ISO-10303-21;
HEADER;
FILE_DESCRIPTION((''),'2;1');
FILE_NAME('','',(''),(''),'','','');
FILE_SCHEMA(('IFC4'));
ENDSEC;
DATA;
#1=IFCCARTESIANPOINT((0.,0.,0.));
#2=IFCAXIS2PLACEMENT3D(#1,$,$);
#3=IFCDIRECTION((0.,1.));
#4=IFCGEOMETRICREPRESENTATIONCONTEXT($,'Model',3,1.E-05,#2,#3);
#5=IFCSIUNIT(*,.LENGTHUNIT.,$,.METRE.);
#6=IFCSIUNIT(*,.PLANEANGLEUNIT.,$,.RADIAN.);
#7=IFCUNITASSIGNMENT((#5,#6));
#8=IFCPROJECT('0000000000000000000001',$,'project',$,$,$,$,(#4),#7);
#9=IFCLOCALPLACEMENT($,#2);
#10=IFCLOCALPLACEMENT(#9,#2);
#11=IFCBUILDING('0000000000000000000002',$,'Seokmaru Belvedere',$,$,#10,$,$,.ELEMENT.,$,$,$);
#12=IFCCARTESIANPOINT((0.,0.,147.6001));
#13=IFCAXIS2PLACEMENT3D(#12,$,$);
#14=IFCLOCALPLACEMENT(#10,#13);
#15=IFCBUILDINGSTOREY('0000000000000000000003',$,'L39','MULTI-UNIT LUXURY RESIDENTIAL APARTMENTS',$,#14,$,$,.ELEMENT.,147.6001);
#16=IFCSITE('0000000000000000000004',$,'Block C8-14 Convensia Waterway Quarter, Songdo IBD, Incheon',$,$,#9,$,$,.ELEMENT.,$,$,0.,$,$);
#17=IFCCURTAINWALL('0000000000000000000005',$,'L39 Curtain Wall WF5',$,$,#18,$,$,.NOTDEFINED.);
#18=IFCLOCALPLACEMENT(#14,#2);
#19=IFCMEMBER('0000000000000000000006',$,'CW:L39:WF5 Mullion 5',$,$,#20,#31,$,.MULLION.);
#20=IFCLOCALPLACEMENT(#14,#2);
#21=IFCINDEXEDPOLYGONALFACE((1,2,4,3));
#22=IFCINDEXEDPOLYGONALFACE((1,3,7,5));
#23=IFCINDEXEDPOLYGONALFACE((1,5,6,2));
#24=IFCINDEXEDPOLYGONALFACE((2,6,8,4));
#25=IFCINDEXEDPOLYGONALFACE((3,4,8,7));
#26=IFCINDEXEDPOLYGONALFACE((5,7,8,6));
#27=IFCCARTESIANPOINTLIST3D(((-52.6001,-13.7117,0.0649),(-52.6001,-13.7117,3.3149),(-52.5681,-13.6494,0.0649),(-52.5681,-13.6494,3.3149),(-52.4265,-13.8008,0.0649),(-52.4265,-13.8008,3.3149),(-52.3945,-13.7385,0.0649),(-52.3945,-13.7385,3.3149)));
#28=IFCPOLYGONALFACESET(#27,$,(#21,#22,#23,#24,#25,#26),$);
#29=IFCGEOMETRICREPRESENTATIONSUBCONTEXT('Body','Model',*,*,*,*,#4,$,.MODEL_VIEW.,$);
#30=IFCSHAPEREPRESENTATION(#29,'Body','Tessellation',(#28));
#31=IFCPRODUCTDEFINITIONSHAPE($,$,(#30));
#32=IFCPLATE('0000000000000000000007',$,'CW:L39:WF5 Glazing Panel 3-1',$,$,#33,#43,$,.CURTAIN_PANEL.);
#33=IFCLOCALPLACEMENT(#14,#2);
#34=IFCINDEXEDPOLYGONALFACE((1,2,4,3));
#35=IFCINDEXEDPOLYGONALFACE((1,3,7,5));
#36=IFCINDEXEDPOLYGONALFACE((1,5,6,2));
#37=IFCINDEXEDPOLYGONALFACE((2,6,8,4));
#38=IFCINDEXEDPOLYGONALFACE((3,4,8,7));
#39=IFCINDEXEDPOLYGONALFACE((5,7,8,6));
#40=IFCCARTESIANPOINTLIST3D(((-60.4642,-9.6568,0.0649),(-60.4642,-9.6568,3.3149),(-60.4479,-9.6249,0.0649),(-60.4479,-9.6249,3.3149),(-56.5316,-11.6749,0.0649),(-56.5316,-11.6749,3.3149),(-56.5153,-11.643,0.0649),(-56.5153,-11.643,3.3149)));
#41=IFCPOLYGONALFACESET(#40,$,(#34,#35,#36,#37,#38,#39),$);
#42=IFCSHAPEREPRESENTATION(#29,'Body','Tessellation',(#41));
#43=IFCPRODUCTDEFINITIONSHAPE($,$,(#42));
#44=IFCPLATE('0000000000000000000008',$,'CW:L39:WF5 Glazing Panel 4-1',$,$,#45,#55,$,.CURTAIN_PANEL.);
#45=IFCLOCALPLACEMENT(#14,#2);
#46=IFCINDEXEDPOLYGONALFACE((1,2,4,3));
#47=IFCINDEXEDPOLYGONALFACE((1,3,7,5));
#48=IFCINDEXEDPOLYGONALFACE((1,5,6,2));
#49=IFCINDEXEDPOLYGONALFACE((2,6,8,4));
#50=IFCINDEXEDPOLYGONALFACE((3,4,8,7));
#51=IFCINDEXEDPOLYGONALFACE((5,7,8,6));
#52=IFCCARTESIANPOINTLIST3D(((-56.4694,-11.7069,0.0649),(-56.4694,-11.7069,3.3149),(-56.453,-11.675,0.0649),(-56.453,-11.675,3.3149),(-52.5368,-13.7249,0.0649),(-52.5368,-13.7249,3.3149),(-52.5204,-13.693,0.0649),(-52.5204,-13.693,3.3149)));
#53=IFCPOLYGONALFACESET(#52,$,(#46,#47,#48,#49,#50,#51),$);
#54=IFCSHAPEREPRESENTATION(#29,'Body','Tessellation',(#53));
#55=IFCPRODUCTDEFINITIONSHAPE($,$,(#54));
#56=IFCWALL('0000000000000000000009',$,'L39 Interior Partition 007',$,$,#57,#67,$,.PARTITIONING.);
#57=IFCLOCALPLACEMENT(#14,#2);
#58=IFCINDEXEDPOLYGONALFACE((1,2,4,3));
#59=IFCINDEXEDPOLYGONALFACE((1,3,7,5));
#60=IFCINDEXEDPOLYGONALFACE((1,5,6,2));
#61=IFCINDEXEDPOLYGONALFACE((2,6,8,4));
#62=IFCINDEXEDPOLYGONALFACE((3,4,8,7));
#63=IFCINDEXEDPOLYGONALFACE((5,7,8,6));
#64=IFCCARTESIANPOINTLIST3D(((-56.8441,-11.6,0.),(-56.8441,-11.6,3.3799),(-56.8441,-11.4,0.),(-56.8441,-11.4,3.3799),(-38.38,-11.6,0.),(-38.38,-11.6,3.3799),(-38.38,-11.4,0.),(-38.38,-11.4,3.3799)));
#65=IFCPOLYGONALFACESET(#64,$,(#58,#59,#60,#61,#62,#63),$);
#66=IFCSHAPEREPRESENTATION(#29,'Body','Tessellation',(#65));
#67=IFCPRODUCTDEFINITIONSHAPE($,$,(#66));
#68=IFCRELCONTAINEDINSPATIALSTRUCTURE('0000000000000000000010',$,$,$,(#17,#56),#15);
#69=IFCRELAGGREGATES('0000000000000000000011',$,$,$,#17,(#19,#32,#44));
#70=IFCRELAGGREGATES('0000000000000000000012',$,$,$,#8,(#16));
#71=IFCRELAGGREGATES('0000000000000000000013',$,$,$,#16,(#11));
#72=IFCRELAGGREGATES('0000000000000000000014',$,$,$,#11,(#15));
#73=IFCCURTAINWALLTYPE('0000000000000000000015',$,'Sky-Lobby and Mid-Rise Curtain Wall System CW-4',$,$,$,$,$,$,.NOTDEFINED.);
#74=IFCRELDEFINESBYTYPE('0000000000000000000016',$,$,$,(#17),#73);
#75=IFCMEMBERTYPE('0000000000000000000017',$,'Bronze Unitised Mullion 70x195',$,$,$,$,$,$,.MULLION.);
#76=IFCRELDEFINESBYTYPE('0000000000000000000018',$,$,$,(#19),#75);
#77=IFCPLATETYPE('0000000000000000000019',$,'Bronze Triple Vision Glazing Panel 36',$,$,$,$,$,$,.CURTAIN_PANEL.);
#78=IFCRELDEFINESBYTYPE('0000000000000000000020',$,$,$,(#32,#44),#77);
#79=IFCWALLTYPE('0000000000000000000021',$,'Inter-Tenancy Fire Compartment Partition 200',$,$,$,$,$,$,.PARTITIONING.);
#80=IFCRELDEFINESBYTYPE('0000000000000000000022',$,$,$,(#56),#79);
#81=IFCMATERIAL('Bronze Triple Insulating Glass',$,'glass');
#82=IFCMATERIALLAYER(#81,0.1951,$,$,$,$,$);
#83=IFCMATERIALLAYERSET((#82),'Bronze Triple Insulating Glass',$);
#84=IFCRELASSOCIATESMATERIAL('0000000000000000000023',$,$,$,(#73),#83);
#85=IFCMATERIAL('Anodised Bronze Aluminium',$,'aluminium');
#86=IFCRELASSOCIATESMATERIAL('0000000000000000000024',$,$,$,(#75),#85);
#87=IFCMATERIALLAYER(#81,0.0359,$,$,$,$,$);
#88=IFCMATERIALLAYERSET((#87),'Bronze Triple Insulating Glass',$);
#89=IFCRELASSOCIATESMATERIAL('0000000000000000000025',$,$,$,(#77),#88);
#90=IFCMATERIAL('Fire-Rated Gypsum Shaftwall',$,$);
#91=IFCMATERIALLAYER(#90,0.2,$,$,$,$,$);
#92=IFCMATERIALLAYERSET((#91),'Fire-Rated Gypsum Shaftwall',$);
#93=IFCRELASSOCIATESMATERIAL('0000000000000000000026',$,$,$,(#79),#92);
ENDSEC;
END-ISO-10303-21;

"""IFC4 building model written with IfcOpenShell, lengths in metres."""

from ifc_helpers import new_model, si_unit, direction, frame, frame_2d, origin, origin_2d, place, context, subcontext, project, spatial, rectangle, extrude, source, transform, mapped, material, layer, layer_set, material_profile, profile_set, type_object, type_shapes, element, aggregate, save


model = new_model("IFC4")

# Units and contexts
model_context = context("Model", 3, precision=1e-05, world=origin(), true_north=direction((0.0, 1.0)))
body_context = subcontext(model_context, "Body", "Model", "MODEL_VIEW")
ifc_project = project(units=[si_unit("LENGTHUNIT", "METRE"), si_unit("PLANEANGLEUNIT", "RADIAN")], contexts=[model_context])

# Site, building, storey
site_placement = place(None, origin())
site = spatial("IfcSite", under=ifc_project, at=site_placement, Name="Block C8-14 Convensia Waterway Quarter, Songdo IBD, Incheon", CompositionType="ELEMENT", RefElevation=0.0)
building_placement = place(site_placement, origin())
building = spatial("IfcBuilding", under=site, at=building_placement, Name="Seokmaru Belvedere", CompositionType="ELEMENT")
storey_placement = place(building_placement, frame((0.0, 0.0, 147.6001)))
storey = spatial("IfcBuildingStorey", under=building, at=storey_placement, Name="L39", Description="MULTI-UNIT LUXURY RESIDENTIAL APARTMENTS", CompositionType="ELEMENT", Elevation=147.6001)

# Curtain wall, member, plates
ifc_material_1 = material(Name="Bronze Triple Insulating Glass", Category="glass")
ifc_layer_1 = layer(ifc_material_1, 0.1951)
ifc_layer_set_1 = layer_set([ifc_layer_1], Name="Bronze Triple Insulating Glass")
curtain_wall_type = type_object("IfcCurtainWallType", Name="Sky-Lobby and Mid-Rise Curtain Wall System CW-4", PredefinedType="NOTDEFINED", material=ifc_layer_set_1)
curtain_wall_placement = place(storey_placement, origin())
curtain_wall = element("IfcCurtainWall", 1, at=curtain_wall_placement, inside=storey, type_object=curtain_wall_type, Name="L39 Curtain Wall WF5", PredefinedType="NOTDEFINED")
ifc_material_2 = material(Name="Anodised Bronze Aluminium", Category="aluminium")
ifc_material_profile_1 = material_profile(ifc_material_2, rectangle(XDim=0.0701, YDim=0.1951, at=origin_2d()), Name="CW-M-70x195")
ifc_profile_set_1 = profile_set([ifc_material_profile_1], Name="Anodised Bronze Aluminium")
member_type = type_object("IfcMemberType", Name="Bronze Unitised Mullion 70x195", PredefinedType="MULLION", material=ifc_profile_set_1)
shared_shape_1 = source(origin(), body_context, "Body", "SweptSolid", [
    extrude(rectangle(XDim=0.0701, YDim=0.1951, at=origin_2d()), origin(), (0.0, 0.0, 1.0), 3.25),
])
type_shapes(member_type, [shared_shape_1])
member_1_placement = place(storey_placement, frame((-52.4973, -13.7251, 0.0649), z_axis=(0.0, 0.0, 1.0), x_axis=(0.456555, 0.889695, 0.0)))
member_1 = element("IfcMember", 2, at=member_1_placement, type_object=member_type, Name="CW:L39:WF5 Mullion 5", PredefinedType="MULLION", context=body_context, shape_type="MappedRepresentation", body=[
    mapped(shared_shape_1, transform((0.0, 0.0, 0.0), scale=1.0)),
])
ifc_layer_2 = layer(ifc_material_1, 0.0359)
ifc_layer_set_2 = layer_set([ifc_layer_2], Name="Bronze Triple Insulating Glass")
plate_type = type_object("IfcPlateType", Name="Bronze Triple Vision Glazing Panel 36", PredefinedType="CURTAIN_PANEL", material=ifc_layer_set_2)
shared_shape_2 = source(origin(), body_context, "Body", "SweptSolid", [
    extrude(rectangle(XDim=4.4202, YDim=0.0359, at=origin_2d()), origin(), (0.0, 0.0, 1.0), 3.25),
])
type_shapes(plate_type, [shared_shape_2])
plate_1_placement = place(storey_placement, frame((-58.4897, -10.6499, 0.0649), z_axis=(0.0, 0.0, 1.0), x_axis=(0.889695, -0.456555, 0.0)))
plate_1 = element("IfcPlate", 3, at=plate_1_placement, type_object=plate_type, Name="CW:L39:WF5 Glazing Panel 3-1", PredefinedType="CURTAIN_PANEL", context=body_context, shape_type="MappedRepresentation", body=[
    mapped(shared_shape_2, transform((0.0, 0.0, 0.0), scale=1.0)),
])
plate_2_placement = place(storey_placement, frame((-54.4949, -12.7, 0.0649), z_axis=(0.0, 0.0, 1.0), x_axis=(0.889695, -0.456555, 0.0)))
plate_2 = element("IfcPlate", 4, at=plate_2_placement, type_object=plate_type, Name="CW:L39:WF5 Glazing Panel 4-1", PredefinedType="CURTAIN_PANEL", context=body_context, shape_type="MappedRepresentation", body=[
    mapped(shared_shape_2, transform((0.0, 0.0, 0.0), scale=1.0)),
])
aggregate(curtain_wall, [member_1, plate_1, plate_2])

# Shared definitions
ifc_material_3 = material(Name="Fire-Rated Gypsum Shaftwall")

# Wall
ifc_layer_3 = layer(ifc_material_3, 0.2)
ifc_layer_set_3 = layer_set([ifc_layer_3], Name="Fire-Rated Gypsum Shaftwall")
wall_type_1 = type_object("IfcWallType", Name="Inter-Tenancy Fire Compartment Partition 200", PredefinedType="PARTITIONING", material=ifc_layer_set_3)
wall_1_placement = place(storey_placement, frame((-56.844, -11.5, 0.0), z_axis=(0.0, 0.0, 1.0), x_axis=(1.0, 0.0, 0.0)))
element("IfcWall", 5, at=wall_1_placement, inside=storey, type_object=wall_type_1, Name="L39 Interior Partition 007", PredefinedType="PARTITIONING", context=body_context, shape_type="SweptSolid", body=[
    extrude(rectangle(XDim=18.4641, YDim=0.2, at=frame_2d((9.2319, 0.0))), origin(), (0.0, 0.0, 1.0), 3.3799),
])

save(model, "model.ifc")
